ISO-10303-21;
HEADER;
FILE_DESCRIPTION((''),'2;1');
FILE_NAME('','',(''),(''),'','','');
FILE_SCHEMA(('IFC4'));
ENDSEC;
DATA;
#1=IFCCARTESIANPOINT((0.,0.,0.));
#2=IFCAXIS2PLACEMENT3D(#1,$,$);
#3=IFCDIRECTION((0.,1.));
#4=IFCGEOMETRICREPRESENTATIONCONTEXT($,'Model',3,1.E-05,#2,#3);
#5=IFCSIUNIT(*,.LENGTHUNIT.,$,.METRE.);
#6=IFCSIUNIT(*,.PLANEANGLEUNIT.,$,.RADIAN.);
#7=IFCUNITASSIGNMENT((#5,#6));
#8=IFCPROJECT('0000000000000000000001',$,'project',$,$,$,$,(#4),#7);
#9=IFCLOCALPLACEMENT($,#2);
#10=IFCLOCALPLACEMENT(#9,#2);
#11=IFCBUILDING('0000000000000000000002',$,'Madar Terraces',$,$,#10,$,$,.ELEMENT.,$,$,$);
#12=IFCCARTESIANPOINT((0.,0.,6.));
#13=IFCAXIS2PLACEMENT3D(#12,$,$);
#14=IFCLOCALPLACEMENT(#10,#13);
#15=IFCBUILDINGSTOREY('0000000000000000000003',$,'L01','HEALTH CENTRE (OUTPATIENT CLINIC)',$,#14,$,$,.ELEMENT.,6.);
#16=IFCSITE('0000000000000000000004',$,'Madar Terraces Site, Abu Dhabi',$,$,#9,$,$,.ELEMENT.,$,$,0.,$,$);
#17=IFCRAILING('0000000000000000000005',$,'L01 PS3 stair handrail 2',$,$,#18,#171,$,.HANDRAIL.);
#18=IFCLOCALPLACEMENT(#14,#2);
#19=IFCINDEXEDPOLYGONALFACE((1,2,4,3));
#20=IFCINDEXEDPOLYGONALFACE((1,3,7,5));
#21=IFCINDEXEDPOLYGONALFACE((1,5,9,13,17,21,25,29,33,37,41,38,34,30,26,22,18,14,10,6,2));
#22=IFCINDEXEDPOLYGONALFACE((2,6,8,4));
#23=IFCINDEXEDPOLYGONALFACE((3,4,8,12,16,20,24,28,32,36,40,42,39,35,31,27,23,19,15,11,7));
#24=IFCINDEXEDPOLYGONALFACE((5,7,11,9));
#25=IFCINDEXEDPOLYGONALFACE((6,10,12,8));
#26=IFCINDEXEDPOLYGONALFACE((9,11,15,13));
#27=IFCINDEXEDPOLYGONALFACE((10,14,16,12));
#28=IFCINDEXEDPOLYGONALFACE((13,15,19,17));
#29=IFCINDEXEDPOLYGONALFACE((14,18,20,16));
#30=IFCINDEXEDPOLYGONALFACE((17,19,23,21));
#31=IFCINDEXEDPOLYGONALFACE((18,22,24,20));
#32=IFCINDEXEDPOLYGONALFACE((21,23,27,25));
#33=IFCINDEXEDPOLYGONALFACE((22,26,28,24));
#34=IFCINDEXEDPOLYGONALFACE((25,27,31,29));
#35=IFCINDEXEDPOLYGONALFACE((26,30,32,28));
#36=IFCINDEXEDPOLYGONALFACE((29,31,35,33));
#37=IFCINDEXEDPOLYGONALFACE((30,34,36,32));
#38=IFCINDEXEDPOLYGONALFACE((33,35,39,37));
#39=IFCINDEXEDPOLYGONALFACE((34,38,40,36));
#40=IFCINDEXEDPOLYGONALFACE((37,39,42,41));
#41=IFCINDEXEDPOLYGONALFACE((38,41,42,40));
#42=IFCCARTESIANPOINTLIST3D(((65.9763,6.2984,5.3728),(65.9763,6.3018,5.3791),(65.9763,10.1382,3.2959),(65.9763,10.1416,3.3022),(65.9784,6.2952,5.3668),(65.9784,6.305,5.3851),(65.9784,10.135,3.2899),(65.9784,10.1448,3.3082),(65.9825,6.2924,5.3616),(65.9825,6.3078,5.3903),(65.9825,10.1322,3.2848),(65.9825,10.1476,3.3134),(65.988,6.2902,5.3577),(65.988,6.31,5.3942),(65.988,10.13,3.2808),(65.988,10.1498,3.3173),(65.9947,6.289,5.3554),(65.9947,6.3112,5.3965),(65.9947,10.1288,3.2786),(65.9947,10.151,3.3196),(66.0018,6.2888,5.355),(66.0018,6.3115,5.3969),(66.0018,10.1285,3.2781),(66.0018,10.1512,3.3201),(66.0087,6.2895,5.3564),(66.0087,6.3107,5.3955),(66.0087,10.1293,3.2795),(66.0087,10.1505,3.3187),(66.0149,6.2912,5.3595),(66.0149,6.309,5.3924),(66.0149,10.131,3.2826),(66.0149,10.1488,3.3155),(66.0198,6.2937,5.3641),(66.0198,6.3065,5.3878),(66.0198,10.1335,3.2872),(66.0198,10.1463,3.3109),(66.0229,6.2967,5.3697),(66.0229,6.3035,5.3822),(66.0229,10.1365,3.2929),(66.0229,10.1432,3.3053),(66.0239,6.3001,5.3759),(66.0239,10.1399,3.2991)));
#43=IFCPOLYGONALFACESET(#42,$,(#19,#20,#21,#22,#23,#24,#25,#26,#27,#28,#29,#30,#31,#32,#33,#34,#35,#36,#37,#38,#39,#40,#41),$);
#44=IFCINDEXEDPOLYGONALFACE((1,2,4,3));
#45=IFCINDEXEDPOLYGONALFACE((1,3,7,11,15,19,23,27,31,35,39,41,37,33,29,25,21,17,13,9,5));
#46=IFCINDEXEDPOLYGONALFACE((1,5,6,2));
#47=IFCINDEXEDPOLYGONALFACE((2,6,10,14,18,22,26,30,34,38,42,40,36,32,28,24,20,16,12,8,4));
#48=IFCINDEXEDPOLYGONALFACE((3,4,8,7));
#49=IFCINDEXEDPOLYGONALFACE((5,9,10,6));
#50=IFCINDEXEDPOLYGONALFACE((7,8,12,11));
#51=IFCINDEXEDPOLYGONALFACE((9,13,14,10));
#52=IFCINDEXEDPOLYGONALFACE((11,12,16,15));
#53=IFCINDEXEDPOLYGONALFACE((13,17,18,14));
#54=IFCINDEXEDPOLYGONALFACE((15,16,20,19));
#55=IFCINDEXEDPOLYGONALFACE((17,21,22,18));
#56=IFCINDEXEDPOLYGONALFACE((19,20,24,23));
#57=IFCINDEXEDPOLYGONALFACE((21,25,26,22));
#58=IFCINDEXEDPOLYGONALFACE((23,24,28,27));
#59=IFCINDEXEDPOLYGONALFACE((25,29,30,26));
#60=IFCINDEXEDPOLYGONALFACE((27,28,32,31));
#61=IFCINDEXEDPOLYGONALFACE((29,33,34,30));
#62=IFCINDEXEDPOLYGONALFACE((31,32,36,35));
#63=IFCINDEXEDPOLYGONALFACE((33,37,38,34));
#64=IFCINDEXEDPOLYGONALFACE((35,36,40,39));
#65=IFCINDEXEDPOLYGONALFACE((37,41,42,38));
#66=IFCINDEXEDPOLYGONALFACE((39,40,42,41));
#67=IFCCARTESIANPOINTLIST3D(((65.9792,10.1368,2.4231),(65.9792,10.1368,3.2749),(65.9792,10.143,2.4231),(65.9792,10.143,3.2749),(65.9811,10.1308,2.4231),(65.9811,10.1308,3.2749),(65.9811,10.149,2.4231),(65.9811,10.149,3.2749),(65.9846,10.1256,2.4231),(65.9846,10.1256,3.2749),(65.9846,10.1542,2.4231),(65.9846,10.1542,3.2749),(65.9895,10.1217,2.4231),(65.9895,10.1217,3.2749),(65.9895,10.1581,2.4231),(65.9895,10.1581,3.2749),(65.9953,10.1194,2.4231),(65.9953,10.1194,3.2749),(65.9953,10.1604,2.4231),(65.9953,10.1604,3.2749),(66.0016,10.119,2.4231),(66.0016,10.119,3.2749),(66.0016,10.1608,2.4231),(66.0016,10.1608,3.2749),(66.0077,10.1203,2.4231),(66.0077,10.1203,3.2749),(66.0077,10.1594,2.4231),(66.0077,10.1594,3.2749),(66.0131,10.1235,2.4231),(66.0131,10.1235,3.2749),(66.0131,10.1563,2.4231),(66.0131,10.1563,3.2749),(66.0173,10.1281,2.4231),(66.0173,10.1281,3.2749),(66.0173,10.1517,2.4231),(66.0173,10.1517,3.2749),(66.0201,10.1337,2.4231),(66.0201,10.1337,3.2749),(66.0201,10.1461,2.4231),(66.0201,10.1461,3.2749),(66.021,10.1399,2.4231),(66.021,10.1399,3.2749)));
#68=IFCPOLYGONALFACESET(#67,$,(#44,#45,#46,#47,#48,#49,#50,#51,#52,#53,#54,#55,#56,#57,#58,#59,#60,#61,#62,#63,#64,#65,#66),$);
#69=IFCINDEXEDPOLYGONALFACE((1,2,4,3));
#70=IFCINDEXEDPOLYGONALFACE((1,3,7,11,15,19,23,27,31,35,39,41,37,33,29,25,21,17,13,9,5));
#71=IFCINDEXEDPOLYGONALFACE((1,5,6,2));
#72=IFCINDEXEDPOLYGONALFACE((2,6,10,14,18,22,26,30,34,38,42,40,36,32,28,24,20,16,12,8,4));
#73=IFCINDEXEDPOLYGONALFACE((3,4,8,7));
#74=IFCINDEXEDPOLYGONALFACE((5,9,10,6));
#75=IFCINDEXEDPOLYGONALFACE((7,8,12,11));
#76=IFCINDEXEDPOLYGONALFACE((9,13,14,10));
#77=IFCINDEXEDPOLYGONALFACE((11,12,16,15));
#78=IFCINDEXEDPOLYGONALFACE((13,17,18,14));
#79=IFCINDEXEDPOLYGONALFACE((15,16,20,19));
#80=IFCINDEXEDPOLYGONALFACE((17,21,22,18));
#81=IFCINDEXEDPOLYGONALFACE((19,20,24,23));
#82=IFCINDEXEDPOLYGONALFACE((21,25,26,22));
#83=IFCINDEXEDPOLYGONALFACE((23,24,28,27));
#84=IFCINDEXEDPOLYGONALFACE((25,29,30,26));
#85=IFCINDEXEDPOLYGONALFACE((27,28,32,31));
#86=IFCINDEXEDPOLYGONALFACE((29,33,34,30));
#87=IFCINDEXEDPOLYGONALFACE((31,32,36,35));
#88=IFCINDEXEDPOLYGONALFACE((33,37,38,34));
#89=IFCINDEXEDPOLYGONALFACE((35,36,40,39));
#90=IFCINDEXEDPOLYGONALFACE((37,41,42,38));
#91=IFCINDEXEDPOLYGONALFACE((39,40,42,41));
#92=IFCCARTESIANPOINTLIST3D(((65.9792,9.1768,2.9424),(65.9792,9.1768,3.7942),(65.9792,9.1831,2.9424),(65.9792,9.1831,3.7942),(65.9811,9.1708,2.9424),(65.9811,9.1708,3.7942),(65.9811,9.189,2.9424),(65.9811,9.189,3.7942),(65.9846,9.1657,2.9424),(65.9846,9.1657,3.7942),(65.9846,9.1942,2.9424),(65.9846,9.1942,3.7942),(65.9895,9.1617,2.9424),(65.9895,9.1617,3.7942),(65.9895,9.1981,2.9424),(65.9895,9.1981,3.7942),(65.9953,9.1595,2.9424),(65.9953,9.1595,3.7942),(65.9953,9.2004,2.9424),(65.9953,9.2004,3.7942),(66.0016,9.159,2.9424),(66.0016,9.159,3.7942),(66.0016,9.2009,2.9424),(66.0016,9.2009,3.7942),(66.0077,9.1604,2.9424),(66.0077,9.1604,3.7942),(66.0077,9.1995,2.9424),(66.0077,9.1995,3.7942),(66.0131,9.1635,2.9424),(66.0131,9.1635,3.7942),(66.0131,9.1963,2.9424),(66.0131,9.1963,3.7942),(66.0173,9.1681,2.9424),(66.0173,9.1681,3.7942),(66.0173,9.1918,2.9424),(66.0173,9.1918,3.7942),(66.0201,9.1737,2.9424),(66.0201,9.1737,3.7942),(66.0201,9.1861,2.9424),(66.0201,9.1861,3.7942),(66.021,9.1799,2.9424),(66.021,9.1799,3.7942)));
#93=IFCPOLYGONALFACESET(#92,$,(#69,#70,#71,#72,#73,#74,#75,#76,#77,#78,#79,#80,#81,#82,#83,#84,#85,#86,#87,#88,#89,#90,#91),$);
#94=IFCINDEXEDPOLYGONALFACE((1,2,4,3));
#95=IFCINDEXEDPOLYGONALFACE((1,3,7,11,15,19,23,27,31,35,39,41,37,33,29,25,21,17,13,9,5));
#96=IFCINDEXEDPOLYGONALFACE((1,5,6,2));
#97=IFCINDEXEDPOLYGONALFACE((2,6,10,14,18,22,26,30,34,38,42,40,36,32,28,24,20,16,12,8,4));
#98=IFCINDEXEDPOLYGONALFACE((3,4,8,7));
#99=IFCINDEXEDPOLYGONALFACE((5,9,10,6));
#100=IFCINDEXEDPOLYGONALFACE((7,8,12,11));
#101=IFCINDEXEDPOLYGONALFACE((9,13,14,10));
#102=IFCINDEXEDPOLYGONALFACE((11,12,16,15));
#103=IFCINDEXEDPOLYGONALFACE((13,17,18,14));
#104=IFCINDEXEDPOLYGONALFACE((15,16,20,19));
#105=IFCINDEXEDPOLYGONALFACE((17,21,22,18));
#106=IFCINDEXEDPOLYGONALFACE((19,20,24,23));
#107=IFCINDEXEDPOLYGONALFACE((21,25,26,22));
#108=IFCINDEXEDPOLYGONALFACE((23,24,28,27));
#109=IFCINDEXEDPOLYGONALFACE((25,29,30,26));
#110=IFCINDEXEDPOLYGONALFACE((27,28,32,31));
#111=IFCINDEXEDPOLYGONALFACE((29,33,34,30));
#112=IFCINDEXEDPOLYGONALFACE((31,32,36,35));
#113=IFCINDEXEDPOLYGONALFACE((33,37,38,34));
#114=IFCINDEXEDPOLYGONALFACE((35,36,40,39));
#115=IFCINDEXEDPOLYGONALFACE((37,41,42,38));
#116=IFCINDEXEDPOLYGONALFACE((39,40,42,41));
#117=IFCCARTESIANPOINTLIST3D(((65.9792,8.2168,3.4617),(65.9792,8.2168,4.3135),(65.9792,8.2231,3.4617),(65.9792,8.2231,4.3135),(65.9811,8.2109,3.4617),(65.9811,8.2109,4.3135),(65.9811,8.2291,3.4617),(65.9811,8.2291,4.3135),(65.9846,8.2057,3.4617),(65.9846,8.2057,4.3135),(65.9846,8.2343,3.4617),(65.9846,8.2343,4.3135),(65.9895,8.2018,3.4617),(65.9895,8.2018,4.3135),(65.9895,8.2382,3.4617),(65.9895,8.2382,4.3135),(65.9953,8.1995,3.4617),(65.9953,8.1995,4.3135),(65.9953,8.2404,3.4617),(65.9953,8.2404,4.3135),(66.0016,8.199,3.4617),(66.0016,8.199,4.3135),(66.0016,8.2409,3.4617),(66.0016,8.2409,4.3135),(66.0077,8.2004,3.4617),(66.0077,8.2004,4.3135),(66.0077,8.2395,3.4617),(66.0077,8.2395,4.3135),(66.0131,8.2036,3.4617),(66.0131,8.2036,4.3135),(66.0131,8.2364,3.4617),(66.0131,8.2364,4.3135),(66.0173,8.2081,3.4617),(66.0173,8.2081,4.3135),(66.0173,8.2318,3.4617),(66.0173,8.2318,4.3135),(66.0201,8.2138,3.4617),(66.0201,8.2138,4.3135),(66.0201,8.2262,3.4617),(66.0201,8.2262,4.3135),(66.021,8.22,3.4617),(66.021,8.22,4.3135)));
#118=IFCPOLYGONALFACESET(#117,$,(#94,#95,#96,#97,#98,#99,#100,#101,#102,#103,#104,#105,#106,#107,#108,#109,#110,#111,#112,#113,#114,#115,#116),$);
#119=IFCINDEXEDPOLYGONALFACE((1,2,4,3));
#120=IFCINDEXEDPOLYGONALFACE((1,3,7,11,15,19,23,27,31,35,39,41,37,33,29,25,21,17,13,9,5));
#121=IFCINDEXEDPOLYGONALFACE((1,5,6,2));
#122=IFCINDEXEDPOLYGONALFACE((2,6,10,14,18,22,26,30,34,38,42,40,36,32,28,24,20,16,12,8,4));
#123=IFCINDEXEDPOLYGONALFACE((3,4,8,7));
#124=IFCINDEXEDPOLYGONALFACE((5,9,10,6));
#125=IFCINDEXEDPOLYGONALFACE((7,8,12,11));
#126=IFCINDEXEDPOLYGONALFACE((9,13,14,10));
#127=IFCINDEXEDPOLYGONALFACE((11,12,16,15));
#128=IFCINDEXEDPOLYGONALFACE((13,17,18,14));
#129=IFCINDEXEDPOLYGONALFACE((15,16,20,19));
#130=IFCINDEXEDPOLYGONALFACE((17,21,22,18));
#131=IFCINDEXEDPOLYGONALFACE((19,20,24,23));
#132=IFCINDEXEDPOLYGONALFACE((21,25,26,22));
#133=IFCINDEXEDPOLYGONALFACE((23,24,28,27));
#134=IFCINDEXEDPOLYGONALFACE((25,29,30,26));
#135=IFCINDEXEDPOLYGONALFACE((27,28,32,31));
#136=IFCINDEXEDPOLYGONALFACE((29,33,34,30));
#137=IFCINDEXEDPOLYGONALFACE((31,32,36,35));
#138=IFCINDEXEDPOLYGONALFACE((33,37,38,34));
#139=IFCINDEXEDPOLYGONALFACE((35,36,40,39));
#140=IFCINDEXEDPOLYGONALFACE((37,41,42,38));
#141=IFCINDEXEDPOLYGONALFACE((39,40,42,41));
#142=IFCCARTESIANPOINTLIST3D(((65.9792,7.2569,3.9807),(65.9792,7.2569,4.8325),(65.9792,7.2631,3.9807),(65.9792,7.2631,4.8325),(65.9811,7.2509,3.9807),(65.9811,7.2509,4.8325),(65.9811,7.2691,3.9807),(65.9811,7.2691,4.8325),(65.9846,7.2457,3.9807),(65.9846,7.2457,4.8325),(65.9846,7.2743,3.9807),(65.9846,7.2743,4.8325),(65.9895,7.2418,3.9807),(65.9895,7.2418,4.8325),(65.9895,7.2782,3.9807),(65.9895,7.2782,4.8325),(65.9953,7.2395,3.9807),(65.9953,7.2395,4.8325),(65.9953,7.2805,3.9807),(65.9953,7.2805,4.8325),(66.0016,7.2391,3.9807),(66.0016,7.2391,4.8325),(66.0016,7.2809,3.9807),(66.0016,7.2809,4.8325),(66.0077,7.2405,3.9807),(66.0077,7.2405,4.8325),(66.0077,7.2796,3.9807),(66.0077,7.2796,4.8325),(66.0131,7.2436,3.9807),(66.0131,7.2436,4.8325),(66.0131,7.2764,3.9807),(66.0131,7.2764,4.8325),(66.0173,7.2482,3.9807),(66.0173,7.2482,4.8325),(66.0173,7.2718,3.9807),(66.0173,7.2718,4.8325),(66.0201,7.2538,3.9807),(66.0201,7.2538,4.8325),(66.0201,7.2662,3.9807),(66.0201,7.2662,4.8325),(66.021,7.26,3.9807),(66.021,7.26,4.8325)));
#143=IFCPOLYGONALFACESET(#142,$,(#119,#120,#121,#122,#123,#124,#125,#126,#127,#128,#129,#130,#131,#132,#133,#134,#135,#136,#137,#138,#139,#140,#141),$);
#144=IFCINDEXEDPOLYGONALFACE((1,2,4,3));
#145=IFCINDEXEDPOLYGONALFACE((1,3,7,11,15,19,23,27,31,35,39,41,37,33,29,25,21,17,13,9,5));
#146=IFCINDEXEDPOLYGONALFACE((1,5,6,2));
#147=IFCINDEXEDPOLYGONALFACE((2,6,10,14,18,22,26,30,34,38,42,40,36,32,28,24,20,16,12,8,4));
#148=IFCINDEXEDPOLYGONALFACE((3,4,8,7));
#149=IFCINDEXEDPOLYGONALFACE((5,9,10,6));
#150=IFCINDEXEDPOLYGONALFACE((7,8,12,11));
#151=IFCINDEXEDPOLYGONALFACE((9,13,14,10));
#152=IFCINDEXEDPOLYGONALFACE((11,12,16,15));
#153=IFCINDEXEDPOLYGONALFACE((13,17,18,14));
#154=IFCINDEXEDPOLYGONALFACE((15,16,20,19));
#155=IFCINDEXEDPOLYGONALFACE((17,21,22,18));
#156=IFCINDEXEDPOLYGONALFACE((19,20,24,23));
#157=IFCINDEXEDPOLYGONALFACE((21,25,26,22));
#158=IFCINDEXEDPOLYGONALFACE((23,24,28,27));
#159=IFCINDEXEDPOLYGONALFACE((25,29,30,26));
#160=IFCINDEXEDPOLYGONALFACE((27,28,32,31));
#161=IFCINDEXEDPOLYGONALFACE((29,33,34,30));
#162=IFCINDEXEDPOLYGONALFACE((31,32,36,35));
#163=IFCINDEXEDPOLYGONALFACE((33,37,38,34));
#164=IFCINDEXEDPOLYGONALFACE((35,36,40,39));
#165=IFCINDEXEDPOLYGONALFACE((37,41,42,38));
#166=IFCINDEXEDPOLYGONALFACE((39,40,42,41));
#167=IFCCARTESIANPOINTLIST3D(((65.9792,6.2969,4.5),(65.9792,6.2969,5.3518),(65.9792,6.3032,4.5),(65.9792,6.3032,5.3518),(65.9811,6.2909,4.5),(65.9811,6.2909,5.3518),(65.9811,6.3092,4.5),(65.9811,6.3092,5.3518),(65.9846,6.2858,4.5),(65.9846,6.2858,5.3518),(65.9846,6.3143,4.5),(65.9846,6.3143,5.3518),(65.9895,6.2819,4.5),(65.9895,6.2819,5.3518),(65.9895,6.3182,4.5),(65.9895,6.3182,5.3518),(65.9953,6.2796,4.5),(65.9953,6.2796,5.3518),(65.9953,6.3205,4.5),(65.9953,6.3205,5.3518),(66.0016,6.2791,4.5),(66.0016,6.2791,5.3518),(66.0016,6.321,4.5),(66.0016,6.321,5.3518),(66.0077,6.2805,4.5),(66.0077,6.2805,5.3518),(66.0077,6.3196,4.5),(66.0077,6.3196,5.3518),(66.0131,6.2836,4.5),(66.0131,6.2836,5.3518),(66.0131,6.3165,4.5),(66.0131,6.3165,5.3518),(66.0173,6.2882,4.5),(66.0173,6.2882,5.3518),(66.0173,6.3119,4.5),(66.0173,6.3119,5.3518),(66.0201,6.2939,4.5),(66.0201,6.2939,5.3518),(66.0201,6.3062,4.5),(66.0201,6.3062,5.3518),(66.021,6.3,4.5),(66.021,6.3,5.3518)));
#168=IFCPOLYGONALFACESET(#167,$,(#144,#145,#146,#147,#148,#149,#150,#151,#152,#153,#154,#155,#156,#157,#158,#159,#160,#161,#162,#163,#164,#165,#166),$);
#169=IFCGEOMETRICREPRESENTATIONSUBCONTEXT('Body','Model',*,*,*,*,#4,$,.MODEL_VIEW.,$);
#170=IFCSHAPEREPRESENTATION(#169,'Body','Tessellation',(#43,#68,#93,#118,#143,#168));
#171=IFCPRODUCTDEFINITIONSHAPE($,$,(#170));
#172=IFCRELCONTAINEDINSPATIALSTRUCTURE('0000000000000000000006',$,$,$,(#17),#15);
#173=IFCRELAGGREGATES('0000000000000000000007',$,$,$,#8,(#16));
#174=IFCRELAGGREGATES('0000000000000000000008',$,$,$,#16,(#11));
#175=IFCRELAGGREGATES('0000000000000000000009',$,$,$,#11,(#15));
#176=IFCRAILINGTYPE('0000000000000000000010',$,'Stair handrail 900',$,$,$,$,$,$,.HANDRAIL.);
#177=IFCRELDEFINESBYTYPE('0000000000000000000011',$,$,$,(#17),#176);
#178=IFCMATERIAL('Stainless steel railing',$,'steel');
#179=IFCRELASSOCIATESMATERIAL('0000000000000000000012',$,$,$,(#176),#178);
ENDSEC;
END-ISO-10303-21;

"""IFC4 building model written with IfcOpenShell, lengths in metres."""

from ifc_helpers import new_model, si_unit, direction, frame, origin, origin_2d, place, context, subcontext, project, spatial, circle, extrude, material, type_object, element, save


model = new_model("IFC4")

# Units and contexts
model_context = context("Model", 3, precision=1e-05, world=origin(), true_north=direction((0.0, 1.0)))
body_context = subcontext(model_context, "Body", "Model", "MODEL_VIEW")
ifc_project = project(units=[si_unit("LENGTHUNIT", "METRE"), si_unit("PLANEANGLEUNIT", "RADIAN")], contexts=[model_context])

# Site, building, storey
site_placement = place(None, origin())
site = spatial("IfcSite", under=ifc_project, at=site_placement, Name="Madar Terraces Site, Abu Dhabi", CompositionType="ELEMENT", RefElevation=0.0)
building_placement = place(site_placement, origin())
building = spatial("IfcBuilding", under=site, at=building_placement, Name="Madar Terraces", CompositionType="ELEMENT")
storey_placement = place(building_placement, frame((0.0, 0.0, 6.0)))
storey = spatial("IfcBuildingStorey", under=building, at=storey_placement, Name="L01", Description="HEALTH CENTRE (OUTPATIENT CLINIC)", CompositionType="ELEMENT", Elevation=6.0)

# Railing
ifc_material_1 = material(Name="Stainless steel railing", Category="steel")
railing_type_1 = type_object("IfcRailingType", Name="Stair handrail 900", PredefinedType="HANDRAIL", material=ifc_material_1)
railing_1_placement = place(storey_placement, frame((66.0, 10.1399, 2.4231)))
element("IfcRailing", 1, at=railing_1_placement, inside=storey, type_object=railing_type_1, Name="L01 PS3 stair handrail 2", PredefinedType="HANDRAIL", context=body_context, shape_type="SweptSolid", body=[
    extrude(circle(Radius=0.0239, at=origin_2d()), frame((0.0, 0.0, 0.876), z_axis=(0.0, -0.879581, 0.47575), x_axis=(1.0, 0.0, 0.0)), (0.0, 0.0, 1.0), 4.3655),
    extrude(circle(Radius=0.021, at=origin_2d()), origin(), (0.0, 0.0, 1.0), 0.8518),
    extrude(circle(Radius=0.021, at=origin_2d()), frame((0.0, -0.96, 0.5193)), (0.0, 0.0, 1.0), 0.8518),
    extrude(circle(Radius=0.021, at=origin_2d()), frame((0.0, -1.9199, 1.0386)), (0.0, 0.0, 1.0), 0.8518),
    extrude(circle(Radius=0.021, at=origin_2d()), frame((0.0, -2.8799, 1.5576)), (0.0, 0.0, 1.0), 0.8518),
    extrude(circle(Radius=0.021, at=origin_2d()), frame((0.0, -3.8398, 2.0769)), (0.0, 0.0, 1.0), 0.8518),
])

save(model, "model.ifc")
